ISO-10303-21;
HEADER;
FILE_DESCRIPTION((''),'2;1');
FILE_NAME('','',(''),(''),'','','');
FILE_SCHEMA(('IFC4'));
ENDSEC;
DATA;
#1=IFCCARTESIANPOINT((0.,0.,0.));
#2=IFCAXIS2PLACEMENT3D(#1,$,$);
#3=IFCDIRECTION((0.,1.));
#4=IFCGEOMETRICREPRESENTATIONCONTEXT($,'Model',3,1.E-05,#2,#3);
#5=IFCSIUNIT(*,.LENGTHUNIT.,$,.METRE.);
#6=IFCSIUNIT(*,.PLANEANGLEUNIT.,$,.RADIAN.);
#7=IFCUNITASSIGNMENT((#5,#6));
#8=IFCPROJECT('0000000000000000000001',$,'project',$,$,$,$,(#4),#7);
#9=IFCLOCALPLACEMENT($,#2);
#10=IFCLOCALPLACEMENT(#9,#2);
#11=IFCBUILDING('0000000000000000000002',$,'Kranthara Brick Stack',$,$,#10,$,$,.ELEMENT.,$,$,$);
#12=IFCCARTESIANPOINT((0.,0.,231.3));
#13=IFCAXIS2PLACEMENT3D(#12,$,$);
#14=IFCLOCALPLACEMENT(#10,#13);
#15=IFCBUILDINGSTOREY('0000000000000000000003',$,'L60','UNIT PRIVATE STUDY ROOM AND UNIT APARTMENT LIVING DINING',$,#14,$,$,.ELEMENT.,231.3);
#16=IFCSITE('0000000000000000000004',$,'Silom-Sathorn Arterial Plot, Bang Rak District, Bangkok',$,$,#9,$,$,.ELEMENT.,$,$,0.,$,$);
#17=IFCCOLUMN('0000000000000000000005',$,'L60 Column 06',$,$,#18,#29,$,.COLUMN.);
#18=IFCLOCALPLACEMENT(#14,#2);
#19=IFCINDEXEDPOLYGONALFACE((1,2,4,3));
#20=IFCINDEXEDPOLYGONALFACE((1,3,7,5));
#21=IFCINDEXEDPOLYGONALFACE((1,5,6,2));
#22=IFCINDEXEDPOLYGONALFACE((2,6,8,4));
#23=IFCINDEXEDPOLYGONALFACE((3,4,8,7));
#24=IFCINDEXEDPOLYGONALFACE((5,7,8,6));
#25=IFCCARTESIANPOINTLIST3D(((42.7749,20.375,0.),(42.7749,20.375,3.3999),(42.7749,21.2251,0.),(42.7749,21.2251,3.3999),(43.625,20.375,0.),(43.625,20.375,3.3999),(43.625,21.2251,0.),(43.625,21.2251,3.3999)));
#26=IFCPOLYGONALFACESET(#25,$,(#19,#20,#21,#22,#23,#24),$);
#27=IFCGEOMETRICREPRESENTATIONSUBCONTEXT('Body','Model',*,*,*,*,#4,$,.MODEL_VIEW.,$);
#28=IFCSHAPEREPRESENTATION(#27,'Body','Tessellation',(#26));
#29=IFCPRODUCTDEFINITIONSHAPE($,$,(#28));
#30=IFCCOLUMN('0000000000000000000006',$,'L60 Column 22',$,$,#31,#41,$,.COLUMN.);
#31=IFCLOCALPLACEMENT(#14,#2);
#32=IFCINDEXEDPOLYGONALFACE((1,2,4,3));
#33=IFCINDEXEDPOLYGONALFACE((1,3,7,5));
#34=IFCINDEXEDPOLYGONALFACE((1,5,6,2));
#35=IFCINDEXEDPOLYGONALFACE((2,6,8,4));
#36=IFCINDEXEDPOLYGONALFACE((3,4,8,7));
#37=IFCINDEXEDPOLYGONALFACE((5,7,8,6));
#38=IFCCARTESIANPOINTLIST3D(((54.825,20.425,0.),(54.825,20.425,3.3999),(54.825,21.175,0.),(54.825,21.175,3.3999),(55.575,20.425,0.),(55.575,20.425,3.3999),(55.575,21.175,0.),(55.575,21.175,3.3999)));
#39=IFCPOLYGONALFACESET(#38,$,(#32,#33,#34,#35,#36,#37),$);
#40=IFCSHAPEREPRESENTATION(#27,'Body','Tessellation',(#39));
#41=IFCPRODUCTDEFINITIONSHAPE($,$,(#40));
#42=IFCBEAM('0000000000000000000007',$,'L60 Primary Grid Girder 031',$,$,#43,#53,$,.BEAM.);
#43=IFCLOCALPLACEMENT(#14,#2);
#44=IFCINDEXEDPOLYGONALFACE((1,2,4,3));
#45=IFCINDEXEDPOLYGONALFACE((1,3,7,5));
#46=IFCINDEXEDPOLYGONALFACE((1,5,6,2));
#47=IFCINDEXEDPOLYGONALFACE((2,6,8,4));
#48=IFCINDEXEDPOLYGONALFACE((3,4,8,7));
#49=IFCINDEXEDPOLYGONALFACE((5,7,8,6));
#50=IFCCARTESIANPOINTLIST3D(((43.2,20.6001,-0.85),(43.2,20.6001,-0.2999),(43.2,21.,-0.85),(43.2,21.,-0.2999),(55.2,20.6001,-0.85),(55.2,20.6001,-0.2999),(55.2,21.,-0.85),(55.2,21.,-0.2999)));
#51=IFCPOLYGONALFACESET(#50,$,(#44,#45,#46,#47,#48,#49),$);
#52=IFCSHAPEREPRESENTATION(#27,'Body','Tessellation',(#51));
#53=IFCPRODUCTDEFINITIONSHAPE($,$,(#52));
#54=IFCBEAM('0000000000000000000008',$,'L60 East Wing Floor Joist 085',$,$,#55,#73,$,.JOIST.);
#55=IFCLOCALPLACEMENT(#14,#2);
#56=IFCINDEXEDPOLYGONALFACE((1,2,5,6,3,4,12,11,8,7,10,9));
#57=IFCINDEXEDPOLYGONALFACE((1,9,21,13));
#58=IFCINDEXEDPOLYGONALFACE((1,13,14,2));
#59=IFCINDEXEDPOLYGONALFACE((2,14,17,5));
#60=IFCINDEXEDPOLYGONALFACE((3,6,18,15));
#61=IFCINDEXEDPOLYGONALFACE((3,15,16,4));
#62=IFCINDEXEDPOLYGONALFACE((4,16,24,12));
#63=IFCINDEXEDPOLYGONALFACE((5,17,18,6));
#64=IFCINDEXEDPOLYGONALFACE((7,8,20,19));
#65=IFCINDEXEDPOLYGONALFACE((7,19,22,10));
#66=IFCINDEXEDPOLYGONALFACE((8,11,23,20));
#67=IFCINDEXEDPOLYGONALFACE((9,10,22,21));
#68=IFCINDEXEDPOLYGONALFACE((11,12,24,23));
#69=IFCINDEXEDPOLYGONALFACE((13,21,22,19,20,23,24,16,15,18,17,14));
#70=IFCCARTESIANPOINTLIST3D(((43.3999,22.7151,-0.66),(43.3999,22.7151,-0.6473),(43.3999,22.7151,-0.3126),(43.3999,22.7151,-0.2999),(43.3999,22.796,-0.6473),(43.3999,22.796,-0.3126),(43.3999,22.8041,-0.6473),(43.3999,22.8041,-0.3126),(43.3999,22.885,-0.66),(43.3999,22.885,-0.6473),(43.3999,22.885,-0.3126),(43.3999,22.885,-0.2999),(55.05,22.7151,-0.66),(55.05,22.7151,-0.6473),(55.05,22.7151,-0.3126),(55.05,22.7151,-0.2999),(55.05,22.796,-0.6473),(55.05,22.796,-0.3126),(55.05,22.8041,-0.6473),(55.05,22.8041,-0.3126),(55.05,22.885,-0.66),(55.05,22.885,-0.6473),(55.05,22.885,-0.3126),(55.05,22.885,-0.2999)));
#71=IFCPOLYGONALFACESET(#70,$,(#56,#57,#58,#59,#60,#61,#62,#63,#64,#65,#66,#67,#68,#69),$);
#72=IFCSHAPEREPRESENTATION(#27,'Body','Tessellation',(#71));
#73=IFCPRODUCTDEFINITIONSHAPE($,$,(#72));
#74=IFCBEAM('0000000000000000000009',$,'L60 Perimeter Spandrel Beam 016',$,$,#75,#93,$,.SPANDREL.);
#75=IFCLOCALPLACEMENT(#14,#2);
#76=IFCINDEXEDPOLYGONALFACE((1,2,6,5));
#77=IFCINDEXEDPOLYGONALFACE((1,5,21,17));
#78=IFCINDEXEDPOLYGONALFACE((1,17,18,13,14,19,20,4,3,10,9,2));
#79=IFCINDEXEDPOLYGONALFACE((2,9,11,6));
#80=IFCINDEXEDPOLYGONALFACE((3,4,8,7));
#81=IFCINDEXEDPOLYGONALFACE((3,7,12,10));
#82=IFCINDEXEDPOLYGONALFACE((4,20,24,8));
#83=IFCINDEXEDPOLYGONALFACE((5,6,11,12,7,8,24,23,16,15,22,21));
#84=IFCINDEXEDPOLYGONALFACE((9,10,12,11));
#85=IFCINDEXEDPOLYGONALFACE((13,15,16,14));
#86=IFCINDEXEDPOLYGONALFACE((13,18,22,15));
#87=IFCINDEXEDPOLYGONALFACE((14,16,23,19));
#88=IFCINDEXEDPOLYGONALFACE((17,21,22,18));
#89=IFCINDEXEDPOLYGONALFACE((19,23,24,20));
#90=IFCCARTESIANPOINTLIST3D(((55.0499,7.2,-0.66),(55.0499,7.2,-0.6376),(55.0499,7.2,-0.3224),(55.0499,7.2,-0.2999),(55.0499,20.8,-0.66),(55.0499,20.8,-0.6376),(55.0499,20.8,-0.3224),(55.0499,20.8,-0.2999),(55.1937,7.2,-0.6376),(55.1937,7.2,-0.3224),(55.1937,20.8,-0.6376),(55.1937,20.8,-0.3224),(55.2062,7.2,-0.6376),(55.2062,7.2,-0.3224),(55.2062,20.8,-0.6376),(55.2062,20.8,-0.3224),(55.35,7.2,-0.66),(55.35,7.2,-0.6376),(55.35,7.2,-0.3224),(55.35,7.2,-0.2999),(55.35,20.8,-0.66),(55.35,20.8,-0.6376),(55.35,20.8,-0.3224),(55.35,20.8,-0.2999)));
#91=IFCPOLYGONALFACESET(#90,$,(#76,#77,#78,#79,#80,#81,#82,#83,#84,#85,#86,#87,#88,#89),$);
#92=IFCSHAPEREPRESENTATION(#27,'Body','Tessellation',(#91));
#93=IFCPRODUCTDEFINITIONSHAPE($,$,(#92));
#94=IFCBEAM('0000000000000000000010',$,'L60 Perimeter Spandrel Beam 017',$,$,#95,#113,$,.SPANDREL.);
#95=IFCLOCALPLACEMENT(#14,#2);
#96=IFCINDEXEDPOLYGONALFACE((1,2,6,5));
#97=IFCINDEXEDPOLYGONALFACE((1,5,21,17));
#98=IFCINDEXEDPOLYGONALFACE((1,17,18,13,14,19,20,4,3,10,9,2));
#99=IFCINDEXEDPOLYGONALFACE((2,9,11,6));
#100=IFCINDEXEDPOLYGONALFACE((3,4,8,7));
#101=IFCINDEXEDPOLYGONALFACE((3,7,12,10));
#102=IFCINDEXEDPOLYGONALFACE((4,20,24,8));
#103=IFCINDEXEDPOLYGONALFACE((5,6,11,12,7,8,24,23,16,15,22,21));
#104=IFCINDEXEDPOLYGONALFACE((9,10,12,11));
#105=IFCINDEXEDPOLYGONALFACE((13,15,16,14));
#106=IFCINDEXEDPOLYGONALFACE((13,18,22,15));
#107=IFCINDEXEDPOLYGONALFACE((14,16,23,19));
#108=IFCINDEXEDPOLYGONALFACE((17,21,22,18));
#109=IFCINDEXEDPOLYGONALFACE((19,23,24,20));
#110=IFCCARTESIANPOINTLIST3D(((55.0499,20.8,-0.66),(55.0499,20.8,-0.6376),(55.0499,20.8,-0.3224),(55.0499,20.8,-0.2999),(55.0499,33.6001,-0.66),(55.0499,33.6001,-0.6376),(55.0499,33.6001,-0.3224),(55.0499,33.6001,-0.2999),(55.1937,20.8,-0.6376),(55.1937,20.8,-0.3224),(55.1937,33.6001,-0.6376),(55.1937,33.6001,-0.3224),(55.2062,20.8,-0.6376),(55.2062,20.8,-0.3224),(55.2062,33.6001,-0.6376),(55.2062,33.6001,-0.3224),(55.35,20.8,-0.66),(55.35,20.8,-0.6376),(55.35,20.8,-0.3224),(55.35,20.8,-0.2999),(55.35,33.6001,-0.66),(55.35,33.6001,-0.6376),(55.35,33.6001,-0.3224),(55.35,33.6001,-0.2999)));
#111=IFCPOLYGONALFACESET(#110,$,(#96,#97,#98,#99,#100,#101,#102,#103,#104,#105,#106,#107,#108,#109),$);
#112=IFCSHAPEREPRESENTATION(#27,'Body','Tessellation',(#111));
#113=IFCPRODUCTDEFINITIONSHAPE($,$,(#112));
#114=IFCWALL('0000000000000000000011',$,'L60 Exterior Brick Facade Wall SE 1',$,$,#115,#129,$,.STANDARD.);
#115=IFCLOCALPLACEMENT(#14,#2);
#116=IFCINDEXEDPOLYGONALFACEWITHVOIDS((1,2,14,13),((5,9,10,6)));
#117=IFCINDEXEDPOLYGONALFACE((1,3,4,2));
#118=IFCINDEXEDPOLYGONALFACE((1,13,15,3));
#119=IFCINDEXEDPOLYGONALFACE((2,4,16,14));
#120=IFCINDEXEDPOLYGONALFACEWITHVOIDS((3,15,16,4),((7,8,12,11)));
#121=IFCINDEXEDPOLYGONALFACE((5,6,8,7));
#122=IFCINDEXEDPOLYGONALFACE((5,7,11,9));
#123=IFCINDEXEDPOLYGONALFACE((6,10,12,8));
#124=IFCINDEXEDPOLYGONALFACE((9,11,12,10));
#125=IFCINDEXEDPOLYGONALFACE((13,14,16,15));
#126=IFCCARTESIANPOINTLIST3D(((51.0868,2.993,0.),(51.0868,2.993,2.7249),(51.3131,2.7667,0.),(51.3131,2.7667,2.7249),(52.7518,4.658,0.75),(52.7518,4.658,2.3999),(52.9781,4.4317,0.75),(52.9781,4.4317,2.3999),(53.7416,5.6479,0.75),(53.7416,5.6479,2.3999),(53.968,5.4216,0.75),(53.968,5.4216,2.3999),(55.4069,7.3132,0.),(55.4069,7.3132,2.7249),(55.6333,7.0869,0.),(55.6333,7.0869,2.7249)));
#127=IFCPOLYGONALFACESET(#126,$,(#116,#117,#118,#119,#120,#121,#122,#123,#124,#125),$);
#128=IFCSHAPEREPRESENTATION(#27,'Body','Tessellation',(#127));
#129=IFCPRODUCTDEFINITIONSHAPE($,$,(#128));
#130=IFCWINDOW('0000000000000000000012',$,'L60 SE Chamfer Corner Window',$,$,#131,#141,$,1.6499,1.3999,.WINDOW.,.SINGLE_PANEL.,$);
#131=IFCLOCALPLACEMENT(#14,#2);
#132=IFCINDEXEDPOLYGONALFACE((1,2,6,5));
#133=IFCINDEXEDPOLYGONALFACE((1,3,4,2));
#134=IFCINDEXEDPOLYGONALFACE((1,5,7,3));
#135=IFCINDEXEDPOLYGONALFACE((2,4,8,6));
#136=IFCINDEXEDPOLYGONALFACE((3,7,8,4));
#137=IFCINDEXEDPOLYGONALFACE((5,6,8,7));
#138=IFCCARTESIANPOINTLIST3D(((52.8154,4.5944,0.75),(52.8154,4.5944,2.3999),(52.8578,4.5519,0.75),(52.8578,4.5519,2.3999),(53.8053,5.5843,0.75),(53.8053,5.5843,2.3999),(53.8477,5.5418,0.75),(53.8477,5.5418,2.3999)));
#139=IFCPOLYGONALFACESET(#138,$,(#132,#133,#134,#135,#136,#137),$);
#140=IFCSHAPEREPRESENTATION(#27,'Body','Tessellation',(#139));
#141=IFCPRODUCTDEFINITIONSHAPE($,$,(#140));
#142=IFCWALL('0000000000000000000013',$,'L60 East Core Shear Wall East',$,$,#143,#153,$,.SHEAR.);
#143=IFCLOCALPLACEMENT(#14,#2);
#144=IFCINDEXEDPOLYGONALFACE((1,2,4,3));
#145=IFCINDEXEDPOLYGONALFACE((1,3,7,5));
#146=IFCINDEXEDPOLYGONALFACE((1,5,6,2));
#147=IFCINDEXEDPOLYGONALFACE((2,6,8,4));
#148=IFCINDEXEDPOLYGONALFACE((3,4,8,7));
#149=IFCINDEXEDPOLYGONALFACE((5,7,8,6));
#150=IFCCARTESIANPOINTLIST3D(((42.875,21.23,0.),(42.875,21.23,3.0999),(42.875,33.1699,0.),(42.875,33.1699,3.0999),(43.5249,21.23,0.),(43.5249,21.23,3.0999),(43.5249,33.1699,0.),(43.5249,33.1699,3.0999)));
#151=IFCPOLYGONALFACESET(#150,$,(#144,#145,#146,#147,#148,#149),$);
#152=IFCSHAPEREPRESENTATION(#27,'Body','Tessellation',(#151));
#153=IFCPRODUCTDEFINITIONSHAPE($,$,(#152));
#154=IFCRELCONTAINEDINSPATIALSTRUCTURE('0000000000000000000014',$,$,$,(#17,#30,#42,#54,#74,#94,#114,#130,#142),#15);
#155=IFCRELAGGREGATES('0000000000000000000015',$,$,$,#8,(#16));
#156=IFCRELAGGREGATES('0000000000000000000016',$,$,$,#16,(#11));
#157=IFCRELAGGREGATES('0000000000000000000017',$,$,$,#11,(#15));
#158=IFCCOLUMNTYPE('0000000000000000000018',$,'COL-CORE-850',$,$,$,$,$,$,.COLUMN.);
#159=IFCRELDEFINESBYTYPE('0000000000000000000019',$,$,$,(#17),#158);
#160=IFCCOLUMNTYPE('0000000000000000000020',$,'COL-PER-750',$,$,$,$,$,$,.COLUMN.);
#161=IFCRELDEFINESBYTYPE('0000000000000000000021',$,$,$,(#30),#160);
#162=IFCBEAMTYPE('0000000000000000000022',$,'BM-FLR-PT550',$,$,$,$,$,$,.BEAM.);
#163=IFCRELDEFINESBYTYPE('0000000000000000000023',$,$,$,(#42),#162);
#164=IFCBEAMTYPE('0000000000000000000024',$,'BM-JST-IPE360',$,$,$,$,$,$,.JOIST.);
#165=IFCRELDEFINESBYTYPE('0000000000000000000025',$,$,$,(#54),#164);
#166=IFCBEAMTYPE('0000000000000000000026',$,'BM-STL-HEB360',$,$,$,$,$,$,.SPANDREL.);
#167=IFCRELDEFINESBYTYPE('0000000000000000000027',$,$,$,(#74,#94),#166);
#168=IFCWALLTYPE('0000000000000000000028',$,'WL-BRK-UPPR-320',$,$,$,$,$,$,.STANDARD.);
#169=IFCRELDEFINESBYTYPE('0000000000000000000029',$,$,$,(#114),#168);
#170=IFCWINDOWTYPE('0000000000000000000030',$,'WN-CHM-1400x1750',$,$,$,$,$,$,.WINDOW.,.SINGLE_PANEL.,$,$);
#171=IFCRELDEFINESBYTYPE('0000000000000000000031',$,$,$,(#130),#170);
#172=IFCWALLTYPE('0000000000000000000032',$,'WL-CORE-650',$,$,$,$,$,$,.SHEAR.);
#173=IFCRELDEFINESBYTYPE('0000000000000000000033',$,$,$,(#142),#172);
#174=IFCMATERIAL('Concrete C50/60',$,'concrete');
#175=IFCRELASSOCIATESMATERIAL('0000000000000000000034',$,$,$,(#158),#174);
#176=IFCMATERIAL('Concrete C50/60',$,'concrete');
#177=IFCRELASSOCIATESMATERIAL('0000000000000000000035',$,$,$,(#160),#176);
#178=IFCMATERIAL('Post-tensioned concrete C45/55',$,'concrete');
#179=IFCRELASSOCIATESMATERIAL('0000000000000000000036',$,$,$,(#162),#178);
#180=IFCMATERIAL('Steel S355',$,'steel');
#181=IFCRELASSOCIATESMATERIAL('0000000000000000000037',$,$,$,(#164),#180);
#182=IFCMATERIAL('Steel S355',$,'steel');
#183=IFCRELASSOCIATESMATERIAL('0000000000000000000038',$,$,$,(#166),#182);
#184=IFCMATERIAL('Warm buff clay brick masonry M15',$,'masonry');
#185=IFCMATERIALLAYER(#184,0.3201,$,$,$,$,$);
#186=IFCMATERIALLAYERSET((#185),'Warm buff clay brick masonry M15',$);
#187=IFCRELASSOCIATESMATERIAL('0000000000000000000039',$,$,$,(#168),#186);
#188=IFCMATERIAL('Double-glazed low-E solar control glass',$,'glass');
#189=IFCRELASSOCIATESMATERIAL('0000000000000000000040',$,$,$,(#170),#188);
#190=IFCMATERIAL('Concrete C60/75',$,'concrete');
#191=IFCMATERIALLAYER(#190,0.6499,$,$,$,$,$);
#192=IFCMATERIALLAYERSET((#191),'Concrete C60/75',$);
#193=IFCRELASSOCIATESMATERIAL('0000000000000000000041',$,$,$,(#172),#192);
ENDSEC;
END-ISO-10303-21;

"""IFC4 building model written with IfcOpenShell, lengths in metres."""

from ifc_helpers import new_model, si_unit, direction, frame, frame_2d, origin, origin_2d, place, context, subcontext, project, spatial, rectangle, i_section, extrude, material, layer, layer_set, material_profile, profile_set, type_object, element, fill, save


model = new_model("IFC4")

# Units and contexts
model_context = context("Model", 3, precision=1e-05, world=origin(), true_north=direction((0.0, 1.0)))
body_context = subcontext(model_context, "Body", "Model", "MODEL_VIEW")
ifc_project = project(units=[si_unit("LENGTHUNIT", "METRE"), si_unit("PLANEANGLEUNIT", "RADIAN")], contexts=[model_context])

# Site, building, storey
site_placement = place(None, origin())
site = spatial("IfcSite", under=ifc_project, at=site_placement, Name="Silom-Sathorn Arterial Plot, Bang Rak District, Bangkok", CompositionType="ELEMENT", RefElevation=0.0)
building_placement = place(site_placement, origin())
building = spatial("IfcBuilding", under=site, at=building_placement, Name="Kranthara Brick Stack", CompositionType="ELEMENT")
storey_placement = place(building_placement, frame((0.0, 0.0, 231.3)))
storey = spatial("IfcBuildingStorey", under=building, at=storey_placement, Name="L60", Description="UNIT PRIVATE STUDY ROOM AND UNIT APARTMENT LIVING DINING", CompositionType="ELEMENT", Elevation=231.3)

# Columns
ifc_material_1 = material(Name="Concrete C50/60", Category="concrete")
ifc_material_profile_1 = material_profile(ifc_material_1, rectangle(XDim=0.8501, YDim=0.8501, at=origin_2d()), Name="RC 850x850")
ifc_profile_set_1 = profile_set([ifc_material_profile_1], Name="Concrete C50/60")
column_type_1 = type_object("IfcColumnType", Name="COL-CORE-850", PredefinedType="COLUMN", material=ifc_profile_set_1)
column_1_placement = place(storey_placement, frame((43.2, 20.8, 0.0), z_axis=(0.0, 0.0, 1.0), x_axis=(1.0, 0.0, 0.0)))
element("IfcColumn", 1, at=column_1_placement, inside=storey, type_object=column_type_1, Name="L60 Column 06", PredefinedType="COLUMN", context=body_context, shape_type="SweptSolid", body=[
    extrude(rectangle(XDim=0.8501, YDim=0.8501, at=origin_2d()), origin(), (0.0, 0.0, 1.0), 3.3999),
])
ifc_material_2 = material(Name="Concrete C50/60", Category="concrete")
ifc_material_profile_2 = material_profile(ifc_material_2, rectangle(XDim=0.75, YDim=0.75, at=origin_2d()), Name="RC 750x750")
ifc_profile_set_2 = profile_set([ifc_material_profile_2], Name="Concrete C50/60")
column_type_2 = type_object("IfcColumnType", Name="COL-PER-750", PredefinedType="COLUMN", material=ifc_profile_set_2)
column_2_placement = place(storey_placement, frame((55.2, 20.8, 0.0), z_axis=(0.0, 0.0, 1.0), x_axis=(1.0, 0.0, 0.0)))
element("IfcColumn", 2, at=column_2_placement, inside=storey, type_object=column_type_2, Name="L60 Column 22", PredefinedType="COLUMN", context=body_context, shape_type="SweptSolid", body=[
    extrude(rectangle(XDim=0.75, YDim=0.75, at=origin_2d()), origin(), (0.0, 0.0, 1.0), 3.3999),
])

# Beams
ifc_material_3 = material(Name="Post-tensioned concrete C45/55", Category="concrete")
ifc_material_profile_3 = material_profile(ifc_material_3, rectangle(XDim=0.3999, YDim=0.55, at=origin_2d()), Name="PT 400x550")
ifc_profile_set_3 = profile_set([ifc_material_profile_3], Name="Post-tensioned concrete C45/55")
beam_type_1 = type_object("IfcBeamType", Name="BM-FLR-PT550", PredefinedType="BEAM", material=ifc_profile_set_3)
beam_1_placement = place(storey_placement, frame((43.2, 20.8, -0.575), z_axis=(1.0, 0.0, 0.0), x_axis=(0.0, 1.0, 0.0)))
element("IfcBeam", 3, at=beam_1_placement, inside=storey, type_object=beam_type_1, Name="L60 Primary Grid Girder 031", PredefinedType="BEAM", context=body_context, shape_type="SweptSolid", body=[
    extrude(rectangle(XDim=0.3999, YDim=0.55, at=origin_2d()), origin(), (0.0, 0.0, 1.0), 12.0),
])
ifc_material_4 = material(Name="Steel S355", Category="steel")
ifc_material_profile_4 = material_profile(ifc_material_4, i_section(OverallWidth=0.1699, OverallDepth=0.3601, WebThickness=0.0081, FlangeThickness=0.0127, at=origin_2d()), Name="IPE 360")
ifc_profile_set_4 = profile_set([ifc_material_profile_4], Name="Steel S355")
beam_type_2 = type_object("IfcBeamType", Name="BM-JST-IPE360", PredefinedType="JOIST", material=ifc_profile_set_4)
beam_2_placement = place(storey_placement, frame((43.3999, 22.8, -0.48), z_axis=(1.0, 0.0, 0.0), x_axis=(0.0, 1.0, 0.0)))
element("IfcBeam", 4, at=beam_2_placement, inside=storey, type_object=beam_type_2, Name="L60 East Wing Floor Joist 085", PredefinedType="JOIST", context=body_context, shape_type="SweptSolid", body=[
    extrude(i_section(OverallWidth=0.1699, OverallDepth=0.3601, WebThickness=0.0081, FlangeThickness=0.0127, at=origin_2d()), origin(), (0.0, 0.0, 1.0), 11.6501),
])
ifc_material_5 = material(Name="Steel S355", Category="steel")
ifc_material_profile_5 = material_profile(ifc_material_5, i_section(OverallWidth=0.3, OverallDepth=0.3601, WebThickness=0.0125, FlangeThickness=0.0225, at=origin_2d()), Name="HEB 360")
ifc_profile_set_5 = profile_set([ifc_material_profile_5], Name="Steel S355")
beam_type_3 = type_object("IfcBeamType", Name="BM-STL-HEB360", PredefinedType="SPANDREL", material=ifc_profile_set_5)
beam_3_placement = place(storey_placement, frame((55.2, 7.2, -0.48), z_axis=(0.0, 1.0, 0.0), x_axis=(-1.0, 0.0, 0.0)))
element("IfcBeam", 5, at=beam_3_placement, inside=storey, type_object=beam_type_3, Name="L60 Perimeter Spandrel Beam 016", PredefinedType="SPANDREL", context=body_context, shape_type="SweptSolid", body=[
    extrude(i_section(OverallWidth=0.3, OverallDepth=0.3601, WebThickness=0.0125, FlangeThickness=0.0225, at=origin_2d()), origin(), (0.0, 0.0, 1.0), 13.6001),
])
beam_4_placement = place(storey_placement, frame((55.2, 20.8, -0.48), z_axis=(0.0, 1.0, 0.0), x_axis=(-1.0, 0.0, 0.0)))
element("IfcBeam", 6, at=beam_4_placement, inside=storey, type_object=beam_type_3, Name="L60 Perimeter Spandrel Beam 017", PredefinedType="SPANDREL", context=body_context, shape_type="SweptSolid", body=[
    extrude(i_section(OverallWidth=0.3, OverallDepth=0.3601, WebThickness=0.0125, FlangeThickness=0.0225, at=origin_2d()), origin(), (0.0, 0.0, 1.0), 12.8),
])

# Wall, opening, window
ifc_material_6 = material(Name="Warm buff clay brick masonry M15", Category="masonry")
ifc_layer_1 = layer(ifc_material_6, 0.3201)
ifc_layer_set_1 = layer_set([ifc_layer_1], Name="Warm buff clay brick masonry M15")
wall_type_1 = type_object("IfcWallType", Name="WL-BRK-UPPR-320", PredefinedType="STANDARD", material=ifc_layer_set_1)
wall_1_placement = place(storey_placement, frame((55.52, 7.2, 0.0), z_axis=(0.0, 0.0, 1.0), x_axis=(-0.707107, -0.707107, 0.0)))
wall_1 = element("IfcWall", 7, at=wall_1_placement, inside=storey, type_object=wall_type_1, Name="L60 Exterior Brick Facade Wall SE 1", PredefinedType="STANDARD", context=body_context, shape_type="SweptSolid", body=[
    extrude(rectangle(XDim=6.1096, YDim=0.3201, at=frame_2d((3.0547, 0.0))), origin(), (0.0, 0.0, 1.0), 2.7249),
])
opening_1_placement = place(wall_1_placement, frame((2.355, 0.0, 0.75)))
opening_1 = element("IfcOpeningElement", 8, at=opening_1_placement, cuts=wall_1, PredefinedType="OPENING", context=body_context, shape_type="SweptSolid", body=[
    extrude(rectangle(XDim=1.3999, YDim=1.6499, at=frame_2d((0.7, 0.825))), frame((0.0, 0.1699, 0.0), z_axis=(0.0, -1.0, 0.0), x_axis=(1.0, 0.0, 0.0)), (0.0, 0.0, 1.0), 0.3401),
])
ifc_material_7 = material(Name="Double-glazed low-E solar control glass", Category="glass")
window_type = type_object("IfcWindowType", Name="WN-CHM-1400x1750", PartitioningType="SINGLE_PANEL", PredefinedType="WINDOW", material=ifc_material_7)
window_placement = place(opening_1_placement, origin())
window = element("IfcWindow", 9, at=window_placement, inside=storey, type_object=window_type, Name="L60 SE Chamfer Corner Window", OverallHeight=1.6499, OverallWidth=1.3999, PartitioningType="SINGLE_PANEL", PredefinedType="WINDOW", context=body_context, shape_type="SweptSolid", body=[
    extrude(rectangle(XDim=1.3999, YDim=1.6499, at=frame_2d((0.7, 0.825))), frame((0.0, -0.01, 0.0), z_axis=(0.0, -1.0, 0.0), x_axis=(1.0, 0.0, 0.0)), (0.0, 0.0, 1.0), 0.0601),
])
fill(opening_1, window)

# Wall
ifc_material_8 = material(Name="Concrete C60/75", Category="concrete")
ifc_layer_2 = layer(ifc_material_8, 0.6499)
ifc_layer_set_2 = layer_set([ifc_layer_2], Name="Concrete C60/75")
wall_type_2 = type_object("IfcWallType", Name="WL-CORE-650", PredefinedType="SHEAR", material=ifc_layer_set_2)
wall_2_placement = place(storey_placement, frame((43.2, 21.23, 0.0), z_axis=(0.0, 0.0, 1.0), x_axis=(0.0, 1.0, 0.0)))
element("IfcWall", 10, at=wall_2_placement, inside=storey, type_object=wall_type_2, Name="L60 East Core Shear Wall East", PredefinedType="SHEAR", context=body_context, shape_type="SweptSolid", body=[
    extrude(rectangle(XDim=11.9399, YDim=0.6499, at=frame_2d((5.97, 0.0))), origin(), (0.0, 0.0, 1.0), 3.0999),
])

save(model, "model.ifc")
